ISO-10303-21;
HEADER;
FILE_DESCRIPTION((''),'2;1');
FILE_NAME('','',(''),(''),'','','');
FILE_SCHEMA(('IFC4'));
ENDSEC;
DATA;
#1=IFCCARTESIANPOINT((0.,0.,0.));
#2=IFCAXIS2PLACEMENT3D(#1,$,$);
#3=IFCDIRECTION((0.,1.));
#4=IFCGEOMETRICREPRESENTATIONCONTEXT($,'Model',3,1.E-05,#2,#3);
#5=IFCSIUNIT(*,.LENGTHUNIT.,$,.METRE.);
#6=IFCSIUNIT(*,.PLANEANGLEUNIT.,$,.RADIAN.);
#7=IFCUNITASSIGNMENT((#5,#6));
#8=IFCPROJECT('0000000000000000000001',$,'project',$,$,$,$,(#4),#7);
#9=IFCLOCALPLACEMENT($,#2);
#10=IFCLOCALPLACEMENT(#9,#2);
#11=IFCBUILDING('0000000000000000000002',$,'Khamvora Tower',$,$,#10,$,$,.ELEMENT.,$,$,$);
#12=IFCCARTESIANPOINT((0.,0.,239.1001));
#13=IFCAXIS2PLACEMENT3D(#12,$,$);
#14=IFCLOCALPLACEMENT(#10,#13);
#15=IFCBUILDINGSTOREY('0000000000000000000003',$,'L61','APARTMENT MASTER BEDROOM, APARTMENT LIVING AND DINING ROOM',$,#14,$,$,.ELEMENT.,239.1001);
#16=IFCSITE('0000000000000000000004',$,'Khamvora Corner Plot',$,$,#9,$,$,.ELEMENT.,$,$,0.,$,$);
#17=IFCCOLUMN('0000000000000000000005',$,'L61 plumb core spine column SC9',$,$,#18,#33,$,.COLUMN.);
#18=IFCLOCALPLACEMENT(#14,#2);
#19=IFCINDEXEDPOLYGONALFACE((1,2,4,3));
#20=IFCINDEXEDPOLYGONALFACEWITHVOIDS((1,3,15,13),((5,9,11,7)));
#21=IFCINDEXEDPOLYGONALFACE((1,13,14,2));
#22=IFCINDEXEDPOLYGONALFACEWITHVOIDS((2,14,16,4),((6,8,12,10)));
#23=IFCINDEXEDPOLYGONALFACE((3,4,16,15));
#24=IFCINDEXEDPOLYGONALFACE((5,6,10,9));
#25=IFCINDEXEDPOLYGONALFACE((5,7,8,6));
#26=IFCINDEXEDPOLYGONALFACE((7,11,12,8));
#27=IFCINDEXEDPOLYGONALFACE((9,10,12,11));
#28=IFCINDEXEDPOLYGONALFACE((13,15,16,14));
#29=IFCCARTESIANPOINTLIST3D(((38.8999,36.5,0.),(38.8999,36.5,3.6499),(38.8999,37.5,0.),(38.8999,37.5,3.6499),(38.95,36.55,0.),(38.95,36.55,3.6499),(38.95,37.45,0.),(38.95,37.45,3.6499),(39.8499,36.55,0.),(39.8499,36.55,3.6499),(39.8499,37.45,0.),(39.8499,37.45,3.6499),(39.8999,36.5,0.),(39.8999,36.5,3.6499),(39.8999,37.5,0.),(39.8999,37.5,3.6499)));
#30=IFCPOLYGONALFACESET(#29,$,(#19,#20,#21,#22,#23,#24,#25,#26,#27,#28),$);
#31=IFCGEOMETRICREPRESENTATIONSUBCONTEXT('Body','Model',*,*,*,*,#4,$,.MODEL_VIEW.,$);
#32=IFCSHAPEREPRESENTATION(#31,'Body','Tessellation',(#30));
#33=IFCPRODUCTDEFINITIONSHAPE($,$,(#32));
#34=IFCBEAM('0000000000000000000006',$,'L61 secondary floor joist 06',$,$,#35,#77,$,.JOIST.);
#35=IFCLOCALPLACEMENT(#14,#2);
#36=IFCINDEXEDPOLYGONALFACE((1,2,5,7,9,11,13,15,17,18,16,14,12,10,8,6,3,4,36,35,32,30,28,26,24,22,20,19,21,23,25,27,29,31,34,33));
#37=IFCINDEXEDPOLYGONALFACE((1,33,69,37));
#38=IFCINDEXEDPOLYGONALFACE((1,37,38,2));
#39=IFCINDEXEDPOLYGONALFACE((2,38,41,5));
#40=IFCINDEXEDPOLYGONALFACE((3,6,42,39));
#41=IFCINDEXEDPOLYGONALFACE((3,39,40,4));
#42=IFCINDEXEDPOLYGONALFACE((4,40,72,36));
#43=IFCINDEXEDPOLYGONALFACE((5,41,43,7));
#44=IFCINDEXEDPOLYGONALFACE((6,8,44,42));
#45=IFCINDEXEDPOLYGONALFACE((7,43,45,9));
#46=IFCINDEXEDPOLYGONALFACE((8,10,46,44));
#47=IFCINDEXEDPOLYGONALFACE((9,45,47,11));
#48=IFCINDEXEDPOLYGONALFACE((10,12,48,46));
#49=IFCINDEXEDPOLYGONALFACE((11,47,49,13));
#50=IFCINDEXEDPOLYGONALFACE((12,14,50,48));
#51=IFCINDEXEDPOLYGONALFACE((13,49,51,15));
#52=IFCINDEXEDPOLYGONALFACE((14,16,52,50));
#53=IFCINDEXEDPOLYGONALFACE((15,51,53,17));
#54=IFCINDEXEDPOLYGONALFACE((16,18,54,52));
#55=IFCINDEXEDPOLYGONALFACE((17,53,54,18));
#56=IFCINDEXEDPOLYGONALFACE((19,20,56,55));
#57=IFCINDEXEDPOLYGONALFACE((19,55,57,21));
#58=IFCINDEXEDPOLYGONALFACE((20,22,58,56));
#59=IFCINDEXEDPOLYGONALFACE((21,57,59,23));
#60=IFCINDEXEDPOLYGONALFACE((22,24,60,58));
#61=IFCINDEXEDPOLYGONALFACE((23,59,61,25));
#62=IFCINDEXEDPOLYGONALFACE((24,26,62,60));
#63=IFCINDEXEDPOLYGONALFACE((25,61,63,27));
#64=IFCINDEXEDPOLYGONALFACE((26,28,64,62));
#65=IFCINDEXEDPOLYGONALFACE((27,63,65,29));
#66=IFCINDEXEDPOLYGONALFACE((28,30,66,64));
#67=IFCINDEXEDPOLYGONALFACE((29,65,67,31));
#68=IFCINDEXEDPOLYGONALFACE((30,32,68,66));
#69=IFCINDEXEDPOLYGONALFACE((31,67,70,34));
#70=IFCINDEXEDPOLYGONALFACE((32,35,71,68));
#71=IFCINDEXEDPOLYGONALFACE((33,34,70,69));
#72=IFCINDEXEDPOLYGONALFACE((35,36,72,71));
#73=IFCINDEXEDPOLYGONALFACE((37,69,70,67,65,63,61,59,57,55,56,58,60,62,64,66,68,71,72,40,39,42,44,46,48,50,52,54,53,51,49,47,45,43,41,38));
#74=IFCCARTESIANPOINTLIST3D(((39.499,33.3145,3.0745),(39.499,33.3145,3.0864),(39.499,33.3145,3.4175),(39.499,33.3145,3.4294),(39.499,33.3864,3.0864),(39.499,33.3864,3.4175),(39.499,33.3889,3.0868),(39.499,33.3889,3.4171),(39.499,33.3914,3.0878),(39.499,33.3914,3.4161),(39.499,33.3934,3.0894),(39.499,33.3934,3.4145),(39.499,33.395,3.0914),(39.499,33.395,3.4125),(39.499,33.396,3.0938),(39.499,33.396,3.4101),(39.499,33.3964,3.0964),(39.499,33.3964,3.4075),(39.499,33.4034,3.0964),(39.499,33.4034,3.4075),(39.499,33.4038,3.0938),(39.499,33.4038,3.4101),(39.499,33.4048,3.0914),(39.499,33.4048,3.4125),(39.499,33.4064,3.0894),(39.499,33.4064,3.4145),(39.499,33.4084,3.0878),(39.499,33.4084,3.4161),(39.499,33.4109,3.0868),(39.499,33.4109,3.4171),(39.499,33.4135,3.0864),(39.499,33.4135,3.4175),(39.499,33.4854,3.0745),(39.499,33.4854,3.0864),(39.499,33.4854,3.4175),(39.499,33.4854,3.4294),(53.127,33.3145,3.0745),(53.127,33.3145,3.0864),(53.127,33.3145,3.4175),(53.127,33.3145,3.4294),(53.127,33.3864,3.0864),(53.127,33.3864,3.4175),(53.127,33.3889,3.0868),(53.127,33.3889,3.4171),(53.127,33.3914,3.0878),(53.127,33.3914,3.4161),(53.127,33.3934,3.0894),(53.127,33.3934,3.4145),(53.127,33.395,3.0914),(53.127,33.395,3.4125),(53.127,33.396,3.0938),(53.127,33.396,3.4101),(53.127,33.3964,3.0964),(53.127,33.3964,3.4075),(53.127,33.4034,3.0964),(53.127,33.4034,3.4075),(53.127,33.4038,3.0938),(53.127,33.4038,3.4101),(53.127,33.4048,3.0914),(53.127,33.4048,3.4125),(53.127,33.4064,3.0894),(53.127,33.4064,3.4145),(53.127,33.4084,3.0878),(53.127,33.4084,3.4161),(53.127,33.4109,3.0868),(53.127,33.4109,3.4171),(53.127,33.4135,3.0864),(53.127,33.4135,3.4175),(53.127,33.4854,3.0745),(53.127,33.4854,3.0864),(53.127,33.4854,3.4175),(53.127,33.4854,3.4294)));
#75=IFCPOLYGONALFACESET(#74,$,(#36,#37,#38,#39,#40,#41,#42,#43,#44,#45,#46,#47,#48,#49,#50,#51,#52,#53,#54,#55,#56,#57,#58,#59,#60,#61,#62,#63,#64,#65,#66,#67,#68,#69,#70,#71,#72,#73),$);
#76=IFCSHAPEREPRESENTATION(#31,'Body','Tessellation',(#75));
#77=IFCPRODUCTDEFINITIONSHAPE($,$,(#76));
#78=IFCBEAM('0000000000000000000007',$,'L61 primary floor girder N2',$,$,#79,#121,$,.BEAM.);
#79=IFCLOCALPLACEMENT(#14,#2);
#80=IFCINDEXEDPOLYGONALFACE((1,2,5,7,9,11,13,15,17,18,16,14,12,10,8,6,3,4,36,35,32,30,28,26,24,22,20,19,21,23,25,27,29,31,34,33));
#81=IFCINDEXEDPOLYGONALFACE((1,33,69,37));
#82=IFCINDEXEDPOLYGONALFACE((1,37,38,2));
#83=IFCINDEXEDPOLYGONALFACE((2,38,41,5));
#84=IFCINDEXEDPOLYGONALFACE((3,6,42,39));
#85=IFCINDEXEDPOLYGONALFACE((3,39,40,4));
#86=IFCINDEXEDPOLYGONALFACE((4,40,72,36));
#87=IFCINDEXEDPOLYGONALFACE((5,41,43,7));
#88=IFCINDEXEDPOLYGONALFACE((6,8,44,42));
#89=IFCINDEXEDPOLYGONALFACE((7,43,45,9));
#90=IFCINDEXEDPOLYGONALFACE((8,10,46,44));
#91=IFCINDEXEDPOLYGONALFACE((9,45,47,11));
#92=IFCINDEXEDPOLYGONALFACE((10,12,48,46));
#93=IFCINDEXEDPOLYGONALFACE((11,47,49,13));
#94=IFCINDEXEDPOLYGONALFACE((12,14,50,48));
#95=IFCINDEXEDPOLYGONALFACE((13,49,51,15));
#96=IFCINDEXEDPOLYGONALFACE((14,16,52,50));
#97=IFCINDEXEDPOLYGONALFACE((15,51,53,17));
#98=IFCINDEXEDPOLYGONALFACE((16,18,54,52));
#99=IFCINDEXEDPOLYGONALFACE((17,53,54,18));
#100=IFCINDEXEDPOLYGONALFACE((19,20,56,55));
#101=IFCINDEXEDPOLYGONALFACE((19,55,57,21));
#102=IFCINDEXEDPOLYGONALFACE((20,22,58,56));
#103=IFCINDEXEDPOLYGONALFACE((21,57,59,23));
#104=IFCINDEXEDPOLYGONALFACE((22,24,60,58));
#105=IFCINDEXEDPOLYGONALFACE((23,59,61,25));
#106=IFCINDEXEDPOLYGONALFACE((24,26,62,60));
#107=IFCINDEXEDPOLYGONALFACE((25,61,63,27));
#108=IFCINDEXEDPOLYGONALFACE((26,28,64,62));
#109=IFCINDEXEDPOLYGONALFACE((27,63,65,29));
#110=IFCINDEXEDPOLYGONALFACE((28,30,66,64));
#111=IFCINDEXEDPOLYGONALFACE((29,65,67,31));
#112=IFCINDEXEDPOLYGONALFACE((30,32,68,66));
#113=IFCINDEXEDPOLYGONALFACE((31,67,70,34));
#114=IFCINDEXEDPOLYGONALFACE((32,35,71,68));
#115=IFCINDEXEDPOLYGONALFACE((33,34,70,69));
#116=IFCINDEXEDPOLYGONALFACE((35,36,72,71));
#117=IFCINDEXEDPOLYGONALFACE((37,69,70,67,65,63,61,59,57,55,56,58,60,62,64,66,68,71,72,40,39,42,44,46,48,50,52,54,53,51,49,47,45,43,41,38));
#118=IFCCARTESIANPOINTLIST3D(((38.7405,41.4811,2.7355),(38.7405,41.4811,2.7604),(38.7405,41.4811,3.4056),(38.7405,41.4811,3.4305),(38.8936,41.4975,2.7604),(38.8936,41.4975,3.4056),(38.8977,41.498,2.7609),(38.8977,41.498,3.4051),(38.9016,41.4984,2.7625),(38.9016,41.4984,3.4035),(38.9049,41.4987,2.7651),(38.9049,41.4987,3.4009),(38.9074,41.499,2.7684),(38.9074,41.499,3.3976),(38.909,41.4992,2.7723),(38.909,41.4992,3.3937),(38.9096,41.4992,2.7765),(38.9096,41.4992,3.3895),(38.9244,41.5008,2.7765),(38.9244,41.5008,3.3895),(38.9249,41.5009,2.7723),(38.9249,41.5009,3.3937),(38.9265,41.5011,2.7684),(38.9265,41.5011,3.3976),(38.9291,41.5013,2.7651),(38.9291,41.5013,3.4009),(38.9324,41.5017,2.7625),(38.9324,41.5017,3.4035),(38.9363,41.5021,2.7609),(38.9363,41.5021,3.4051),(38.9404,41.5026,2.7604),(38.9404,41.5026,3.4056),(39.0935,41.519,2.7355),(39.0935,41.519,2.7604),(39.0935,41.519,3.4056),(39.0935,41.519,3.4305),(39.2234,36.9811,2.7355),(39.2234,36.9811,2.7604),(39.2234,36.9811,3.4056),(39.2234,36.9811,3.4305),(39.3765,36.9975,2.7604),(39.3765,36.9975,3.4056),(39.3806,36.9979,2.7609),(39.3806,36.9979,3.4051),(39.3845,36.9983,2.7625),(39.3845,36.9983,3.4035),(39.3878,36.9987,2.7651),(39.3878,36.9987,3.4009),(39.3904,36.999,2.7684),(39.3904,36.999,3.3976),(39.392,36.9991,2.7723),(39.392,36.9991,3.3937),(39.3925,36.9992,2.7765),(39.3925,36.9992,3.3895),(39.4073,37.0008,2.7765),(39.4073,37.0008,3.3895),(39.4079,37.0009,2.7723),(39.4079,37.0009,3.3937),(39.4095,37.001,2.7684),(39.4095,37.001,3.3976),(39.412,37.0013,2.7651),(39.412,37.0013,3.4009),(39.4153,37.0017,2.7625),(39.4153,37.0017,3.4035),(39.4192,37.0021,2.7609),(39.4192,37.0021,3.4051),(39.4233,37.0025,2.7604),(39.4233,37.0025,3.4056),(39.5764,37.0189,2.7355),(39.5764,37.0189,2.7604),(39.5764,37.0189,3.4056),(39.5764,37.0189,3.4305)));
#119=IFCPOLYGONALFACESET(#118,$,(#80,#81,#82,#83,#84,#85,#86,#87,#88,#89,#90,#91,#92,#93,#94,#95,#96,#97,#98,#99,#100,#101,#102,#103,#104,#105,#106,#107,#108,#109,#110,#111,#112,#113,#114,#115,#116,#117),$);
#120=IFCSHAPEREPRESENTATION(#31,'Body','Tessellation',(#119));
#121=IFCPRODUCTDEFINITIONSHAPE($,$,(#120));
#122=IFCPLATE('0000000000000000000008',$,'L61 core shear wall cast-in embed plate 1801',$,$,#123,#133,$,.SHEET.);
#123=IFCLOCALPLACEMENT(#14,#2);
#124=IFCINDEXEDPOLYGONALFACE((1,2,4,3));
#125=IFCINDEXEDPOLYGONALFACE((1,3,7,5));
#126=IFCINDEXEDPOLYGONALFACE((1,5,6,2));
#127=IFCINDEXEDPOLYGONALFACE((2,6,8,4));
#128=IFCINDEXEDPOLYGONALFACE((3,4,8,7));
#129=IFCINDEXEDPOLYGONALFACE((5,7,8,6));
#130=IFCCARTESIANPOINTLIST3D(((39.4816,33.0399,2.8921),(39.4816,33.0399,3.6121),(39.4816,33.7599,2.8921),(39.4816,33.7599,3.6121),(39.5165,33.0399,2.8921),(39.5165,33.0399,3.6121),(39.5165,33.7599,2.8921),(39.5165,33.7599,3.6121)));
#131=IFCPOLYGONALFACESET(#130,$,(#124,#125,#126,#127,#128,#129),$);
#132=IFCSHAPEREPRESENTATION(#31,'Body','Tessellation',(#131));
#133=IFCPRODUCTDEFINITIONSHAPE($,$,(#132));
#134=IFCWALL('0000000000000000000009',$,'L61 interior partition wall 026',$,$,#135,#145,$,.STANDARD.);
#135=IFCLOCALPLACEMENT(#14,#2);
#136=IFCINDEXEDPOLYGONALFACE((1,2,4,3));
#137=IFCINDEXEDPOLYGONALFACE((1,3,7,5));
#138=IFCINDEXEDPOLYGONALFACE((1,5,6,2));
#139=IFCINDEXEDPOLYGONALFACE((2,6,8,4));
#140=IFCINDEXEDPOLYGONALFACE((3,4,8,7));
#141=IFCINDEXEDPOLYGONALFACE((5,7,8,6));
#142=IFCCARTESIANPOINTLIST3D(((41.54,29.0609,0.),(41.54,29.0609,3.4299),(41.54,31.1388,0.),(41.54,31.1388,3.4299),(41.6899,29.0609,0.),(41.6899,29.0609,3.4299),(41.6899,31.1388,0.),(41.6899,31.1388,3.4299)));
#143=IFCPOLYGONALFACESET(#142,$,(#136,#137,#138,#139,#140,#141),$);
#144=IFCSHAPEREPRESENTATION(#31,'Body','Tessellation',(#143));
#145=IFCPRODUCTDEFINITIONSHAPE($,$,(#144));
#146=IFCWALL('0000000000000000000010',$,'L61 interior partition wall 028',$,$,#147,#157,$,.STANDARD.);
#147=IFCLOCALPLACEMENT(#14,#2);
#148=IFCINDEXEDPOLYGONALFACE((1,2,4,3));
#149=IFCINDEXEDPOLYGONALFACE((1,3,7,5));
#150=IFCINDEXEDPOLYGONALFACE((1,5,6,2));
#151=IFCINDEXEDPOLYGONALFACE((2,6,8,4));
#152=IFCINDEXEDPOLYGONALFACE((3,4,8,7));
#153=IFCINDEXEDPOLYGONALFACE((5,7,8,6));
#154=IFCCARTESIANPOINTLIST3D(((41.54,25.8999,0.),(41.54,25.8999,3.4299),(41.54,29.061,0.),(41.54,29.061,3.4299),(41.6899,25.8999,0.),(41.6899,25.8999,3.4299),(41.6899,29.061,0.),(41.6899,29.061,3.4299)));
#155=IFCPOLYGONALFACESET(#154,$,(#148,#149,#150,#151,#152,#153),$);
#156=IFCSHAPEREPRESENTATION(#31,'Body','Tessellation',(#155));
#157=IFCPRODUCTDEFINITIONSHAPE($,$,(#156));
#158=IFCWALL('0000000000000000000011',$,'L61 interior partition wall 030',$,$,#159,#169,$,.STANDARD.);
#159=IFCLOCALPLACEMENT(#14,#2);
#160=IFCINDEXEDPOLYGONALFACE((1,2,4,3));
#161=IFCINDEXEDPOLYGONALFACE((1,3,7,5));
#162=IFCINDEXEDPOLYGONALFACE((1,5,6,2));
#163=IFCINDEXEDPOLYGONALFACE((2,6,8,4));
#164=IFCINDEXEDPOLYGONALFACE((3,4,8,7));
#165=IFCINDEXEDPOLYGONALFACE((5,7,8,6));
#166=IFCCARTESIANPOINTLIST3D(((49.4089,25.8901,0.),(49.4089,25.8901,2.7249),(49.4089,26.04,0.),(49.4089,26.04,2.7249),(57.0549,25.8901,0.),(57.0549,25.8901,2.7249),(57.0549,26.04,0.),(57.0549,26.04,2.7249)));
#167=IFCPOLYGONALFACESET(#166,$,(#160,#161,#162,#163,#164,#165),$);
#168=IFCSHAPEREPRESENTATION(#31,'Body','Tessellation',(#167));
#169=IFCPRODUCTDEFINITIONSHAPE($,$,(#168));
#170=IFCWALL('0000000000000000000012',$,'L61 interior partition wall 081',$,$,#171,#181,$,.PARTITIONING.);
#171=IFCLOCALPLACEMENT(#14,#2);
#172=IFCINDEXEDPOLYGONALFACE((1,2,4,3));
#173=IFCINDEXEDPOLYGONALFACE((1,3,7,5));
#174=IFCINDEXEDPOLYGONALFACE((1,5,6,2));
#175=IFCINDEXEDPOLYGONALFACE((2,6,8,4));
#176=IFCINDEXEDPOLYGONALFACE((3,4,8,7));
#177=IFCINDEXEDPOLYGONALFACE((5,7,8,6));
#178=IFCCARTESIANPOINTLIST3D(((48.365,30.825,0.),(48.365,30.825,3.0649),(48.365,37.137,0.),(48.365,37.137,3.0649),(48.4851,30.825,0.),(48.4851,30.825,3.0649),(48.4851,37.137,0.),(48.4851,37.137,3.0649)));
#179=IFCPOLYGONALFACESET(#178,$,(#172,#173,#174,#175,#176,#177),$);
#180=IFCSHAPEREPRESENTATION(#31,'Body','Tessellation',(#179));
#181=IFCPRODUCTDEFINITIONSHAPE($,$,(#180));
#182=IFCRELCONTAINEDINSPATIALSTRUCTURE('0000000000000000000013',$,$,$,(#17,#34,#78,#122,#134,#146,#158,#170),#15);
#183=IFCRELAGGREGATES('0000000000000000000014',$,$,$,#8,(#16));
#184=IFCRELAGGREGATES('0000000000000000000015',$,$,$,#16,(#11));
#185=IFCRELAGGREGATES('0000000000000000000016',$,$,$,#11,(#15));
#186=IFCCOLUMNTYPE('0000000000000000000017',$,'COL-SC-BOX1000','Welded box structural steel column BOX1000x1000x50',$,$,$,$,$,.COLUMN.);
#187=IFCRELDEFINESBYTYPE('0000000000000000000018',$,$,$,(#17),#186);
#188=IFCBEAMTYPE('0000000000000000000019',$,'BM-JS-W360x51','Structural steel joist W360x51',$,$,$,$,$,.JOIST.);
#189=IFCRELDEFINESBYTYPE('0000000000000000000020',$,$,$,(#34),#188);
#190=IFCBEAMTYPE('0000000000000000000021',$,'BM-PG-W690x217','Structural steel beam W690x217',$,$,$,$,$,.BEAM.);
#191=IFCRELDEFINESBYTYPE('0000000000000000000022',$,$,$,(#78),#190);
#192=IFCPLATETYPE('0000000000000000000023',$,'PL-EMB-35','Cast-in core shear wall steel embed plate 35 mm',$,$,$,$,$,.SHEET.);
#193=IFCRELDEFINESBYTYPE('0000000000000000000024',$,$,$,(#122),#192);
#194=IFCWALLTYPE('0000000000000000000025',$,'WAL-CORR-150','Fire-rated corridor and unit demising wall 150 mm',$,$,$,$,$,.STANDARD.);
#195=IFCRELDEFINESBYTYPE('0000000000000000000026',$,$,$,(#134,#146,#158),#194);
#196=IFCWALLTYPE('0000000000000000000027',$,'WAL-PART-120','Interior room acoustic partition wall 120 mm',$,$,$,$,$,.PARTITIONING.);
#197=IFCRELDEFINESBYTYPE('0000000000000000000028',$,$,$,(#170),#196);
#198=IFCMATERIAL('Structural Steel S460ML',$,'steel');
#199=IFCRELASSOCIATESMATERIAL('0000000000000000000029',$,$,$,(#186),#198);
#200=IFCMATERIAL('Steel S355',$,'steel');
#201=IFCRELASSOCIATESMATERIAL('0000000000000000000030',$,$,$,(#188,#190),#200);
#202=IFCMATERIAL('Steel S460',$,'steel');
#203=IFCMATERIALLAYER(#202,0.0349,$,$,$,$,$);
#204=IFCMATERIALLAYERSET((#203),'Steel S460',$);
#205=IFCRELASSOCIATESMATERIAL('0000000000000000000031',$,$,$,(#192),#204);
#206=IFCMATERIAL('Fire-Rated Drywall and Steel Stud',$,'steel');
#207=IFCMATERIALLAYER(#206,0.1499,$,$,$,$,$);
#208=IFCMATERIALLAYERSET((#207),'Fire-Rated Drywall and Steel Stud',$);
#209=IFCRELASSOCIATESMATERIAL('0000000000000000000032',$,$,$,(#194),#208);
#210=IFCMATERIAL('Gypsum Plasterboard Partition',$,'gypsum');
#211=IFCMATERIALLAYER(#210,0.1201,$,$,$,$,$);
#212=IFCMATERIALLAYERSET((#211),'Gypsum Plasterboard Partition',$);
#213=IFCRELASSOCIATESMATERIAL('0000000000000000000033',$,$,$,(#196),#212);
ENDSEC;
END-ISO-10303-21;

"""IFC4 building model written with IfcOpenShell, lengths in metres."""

from ifc_helpers import new_model, si_unit, direction, frame, frame_2d, origin, origin_2d, place, context, subcontext, project, spatial, rectangle, hollow_rectangle, i_section, extrude, material, layer, layer_set, material_profile, profile_set, type_object, element, save


model = new_model("IFC4")

# Units and contexts
model_context = context("Model", 3, precision=1e-05, world=origin(), true_north=direction((0.0, 1.0)))
body_context = subcontext(model_context, "Body", "Model", "MODEL_VIEW")
ifc_project = project(units=[si_unit("LENGTHUNIT", "METRE"), si_unit("PLANEANGLEUNIT", "RADIAN")], contexts=[model_context])

# Site, building, storey
site_placement = place(None, origin())
site = spatial("IfcSite", under=ifc_project, at=site_placement, Name="Khamvora Corner Plot", CompositionType="ELEMENT", RefElevation=0.0)
building_placement = place(site_placement, origin())
building = spatial("IfcBuilding", under=site, at=building_placement, Name="Khamvora Tower", CompositionType="ELEMENT")
storey_placement = place(building_placement, frame((0.0, 0.0, 239.1001)))
storey = spatial("IfcBuildingStorey", under=building, at=storey_placement, Name="L61", Description="APARTMENT MASTER BEDROOM, APARTMENT LIVING AND DINING ROOM", CompositionType="ELEMENT", Elevation=239.1001)

# Column
ifc_material_1 = material(Name="Structural Steel S460ML", Category="steel")
ifc_material_profile_1 = material_profile(ifc_material_1, hollow_rectangle(XDim=1.0, YDim=1.0, WallThickness=0.05, at=origin_2d()), Name="BOX1000x1000x50")
ifc_profile_set_1 = profile_set([ifc_material_profile_1], Name="Structural Steel S460ML")
column_type = type_object("IfcColumnType", Name="COL-SC-BOX1000", Description="Welded box structural steel column BOX1000x1000x50", PredefinedType="COLUMN", material=ifc_profile_set_1)
column_placement = place(storey_placement, frame((39.3999, 37.0, 0.0), z_axis=(0.0, 0.0, 1.0), x_axis=(1.0, 0.0, 0.0)))
element("IfcColumn", 1, at=column_placement, inside=storey, type_object=column_type, Name="L61 plumb core spine column SC9", PredefinedType="COLUMN", context=body_context, shape_type="SweptSolid", body=[
    extrude(hollow_rectangle(XDim=1.0, YDim=1.0, WallThickness=0.05, at=origin_2d()), origin(), (0.0, 0.0, 1.0), 3.6499),
])

# Beams
ifc_material_2 = material(Name="Steel S355", Category="steel")
ifc_material_profile_2 = material_profile(ifc_material_2, i_section(OverallWidth=0.1709, OverallDepth=0.355, WebThickness=0.0071, FlangeThickness=0.012, FilletRadius=0.01, at=origin_2d()), Name="W360x51")
ifc_profile_set_2 = profile_set([ifc_material_profile_2], Name="Steel S355")
beam_type_1 = type_object("IfcBeamType", Name="BM-JS-W360x51", Description="Structural steel joist W360x51", PredefinedType="JOIST", material=ifc_profile_set_2)
beam_1_placement = place(storey_placement, frame((39.499, 33.3999, 3.252), z_axis=(1.0, 0.0, 0.0), x_axis=(0.0, 1.0, 0.0)))
element("IfcBeam", 2, at=beam_1_placement, inside=storey, type_object=beam_type_1, Name="L61 secondary floor joist 06", PredefinedType="JOIST", context=body_context, shape_type="SweptSolid", body=[
    extrude(i_section(OverallWidth=0.1709, OverallDepth=0.355, WebThickness=0.0071, FlangeThickness=0.012, FilletRadius=0.01, at=origin_2d()), origin(), (0.0, 0.0, 1.0), 13.6279),
])
ifc_material_profile_3 = material_profile(ifc_material_2, i_section(OverallWidth=0.355, OverallDepth=0.6951, WebThickness=0.0149, FlangeThickness=0.0249, FilletRadius=0.0161, at=origin_2d()), Name="W690x217")
ifc_profile_set_3 = profile_set([ifc_material_profile_3], Name="Steel S355")
beam_type_2 = type_object("IfcBeamType", Name="BM-PG-W690x217", Description="Structural steel beam W690x217", PredefinedType="BEAM", material=ifc_profile_set_3)
beam_2_placement = place(storey_placement, frame((39.3999, 37.0, 3.083), z_axis=(-0.106701, 0.994291, 0.0), x_axis=(-0.994291, -0.106701, 0.0)))
element("IfcBeam", 3, at=beam_2_placement, inside=storey, type_object=beam_type_2, Name="L61 primary floor girder N2", PredefinedType="BEAM", context=body_context, shape_type="SweptSolid", body=[
    extrude(i_section(OverallWidth=0.355, OverallDepth=0.6951, WebThickness=0.0149, FlangeThickness=0.0249, FilletRadius=0.0161, at=origin_2d()), origin(), (0.0, 0.0, 1.0), 4.5259),
])

# Plate
ifc_material_3 = material(Name="Steel S460", Category="steel")
ifc_layer_1 = layer(ifc_material_3, 0.0349)
ifc_layer_set_1 = layer_set([ifc_layer_1], Name="Steel S460")
plate_type = type_object("IfcPlateType", Name="PL-EMB-35", Description="Cast-in core shear wall steel embed plate 35 mm", PredefinedType="SHEET", material=ifc_layer_set_1)
plate_placement = place(storey_placement, frame((39.499, 33.3999, 2.8921), z_axis=(0.0, 0.0, 1.0), x_axis=(1.0, 0.0, 0.0)))
element("IfcPlate", 4, at=plate_placement, inside=storey, type_object=plate_type, Name="L61 core shear wall cast-in embed plate 1801", PredefinedType="SHEET", context=body_context, shape_type="SweptSolid", body=[
    extrude(rectangle(XDim=0.0349, YDim=0.72, at=origin_2d()), origin(), (0.0, 0.0, 1.0), 0.72),
])

# Wall
ifc_material_4 = material(Name="Fire-Rated Drywall and Steel Stud", Category="steel")
ifc_layer_2 = layer(ifc_material_4, 0.1499)
ifc_layer_set_2 = layer_set([ifc_layer_2], Name="Fire-Rated Drywall and Steel Stud")
wall_type_1 = type_object("IfcWallType", Name="WAL-CORR-150", Description="Fire-rated corridor and unit demising wall 150 mm", PredefinedType="STANDARD", material=ifc_layer_set_2)
wall_1_placement = place(storey_placement, frame((41.615, 31.1389, 0.0), z_axis=(0.0, 0.0, 1.0), x_axis=(0.0, -1.0, 0.0)))
element("IfcWall", 5, at=wall_1_placement, inside=storey, type_object=wall_type_1, Name="L61 interior partition wall 026", PredefinedType="STANDARD", context=body_context, shape_type="SweptSolid", body=[
    extrude(rectangle(XDim=2.0779, YDim=0.1499, at=frame_2d((1.0391, 0.0))), origin(), (0.0, 0.0, 1.0), 3.4299),
])

# Walls
wall_2_placement = place(storey_placement, frame((41.615, 29.061, 0.0), z_axis=(0.0, 0.0, 1.0), x_axis=(0.0, -1.0, 0.0)))
element("IfcWall", 6, at=wall_2_placement, inside=storey, type_object=wall_type_1, Name="L61 interior partition wall 028", PredefinedType="STANDARD", context=body_context, shape_type="SweptSolid", body=[
    extrude(rectangle(XDim=3.1611, YDim=0.1499, at=frame_2d((1.5806, 0.0))), origin(), (0.0, 0.0, 1.0), 3.4299),
])
wall_3_placement = place(storey_placement, frame((49.4089, 25.9651, 0.0), z_axis=(0.0, 0.0, 1.0), x_axis=(1.0, 0.0, 0.0)))
element("IfcWall", 7, at=wall_3_placement, inside=storey, type_object=wall_type_1, Name="L61 interior partition wall 030", PredefinedType="STANDARD", context=body_context, shape_type="SweptSolid", body=[
    extrude(rectangle(XDim=7.646, YDim=0.1499, at=frame_2d((3.823, 0.0))), origin(), (0.0, 0.0, 1.0), 2.7249),
])
ifc_material_5 = material(Name="Gypsum Plasterboard Partition", Category="gypsum")
ifc_layer_3 = layer(ifc_material_5, 0.1201)
ifc_layer_set_3 = layer_set([ifc_layer_3], Name="Gypsum Plasterboard Partition")
wall_type_2 = type_object("IfcWallType", Name="WAL-PART-120", Description="Interior room acoustic partition wall 120 mm", PredefinedType="PARTITIONING", material=ifc_layer_set_3)
wall_4_placement = place(storey_placement, frame((48.425, 30.825, 0.0), z_axis=(0.0, 0.0, 1.0), x_axis=(0.0, 1.0, 0.0)))
element("IfcWall", 8, at=wall_4_placement, inside=storey, type_object=wall_type_2, Name="L61 interior partition wall 081", PredefinedType="PARTITIONING", context=body_context, shape_type="SweptSolid", body=[
    extrude(rectangle(XDim=6.312, YDim=0.1201, at=frame_2d((3.156, 0.0))), origin(), (0.0, 0.0, 1.0), 3.0649),
])

save(model, "model.ifc")
